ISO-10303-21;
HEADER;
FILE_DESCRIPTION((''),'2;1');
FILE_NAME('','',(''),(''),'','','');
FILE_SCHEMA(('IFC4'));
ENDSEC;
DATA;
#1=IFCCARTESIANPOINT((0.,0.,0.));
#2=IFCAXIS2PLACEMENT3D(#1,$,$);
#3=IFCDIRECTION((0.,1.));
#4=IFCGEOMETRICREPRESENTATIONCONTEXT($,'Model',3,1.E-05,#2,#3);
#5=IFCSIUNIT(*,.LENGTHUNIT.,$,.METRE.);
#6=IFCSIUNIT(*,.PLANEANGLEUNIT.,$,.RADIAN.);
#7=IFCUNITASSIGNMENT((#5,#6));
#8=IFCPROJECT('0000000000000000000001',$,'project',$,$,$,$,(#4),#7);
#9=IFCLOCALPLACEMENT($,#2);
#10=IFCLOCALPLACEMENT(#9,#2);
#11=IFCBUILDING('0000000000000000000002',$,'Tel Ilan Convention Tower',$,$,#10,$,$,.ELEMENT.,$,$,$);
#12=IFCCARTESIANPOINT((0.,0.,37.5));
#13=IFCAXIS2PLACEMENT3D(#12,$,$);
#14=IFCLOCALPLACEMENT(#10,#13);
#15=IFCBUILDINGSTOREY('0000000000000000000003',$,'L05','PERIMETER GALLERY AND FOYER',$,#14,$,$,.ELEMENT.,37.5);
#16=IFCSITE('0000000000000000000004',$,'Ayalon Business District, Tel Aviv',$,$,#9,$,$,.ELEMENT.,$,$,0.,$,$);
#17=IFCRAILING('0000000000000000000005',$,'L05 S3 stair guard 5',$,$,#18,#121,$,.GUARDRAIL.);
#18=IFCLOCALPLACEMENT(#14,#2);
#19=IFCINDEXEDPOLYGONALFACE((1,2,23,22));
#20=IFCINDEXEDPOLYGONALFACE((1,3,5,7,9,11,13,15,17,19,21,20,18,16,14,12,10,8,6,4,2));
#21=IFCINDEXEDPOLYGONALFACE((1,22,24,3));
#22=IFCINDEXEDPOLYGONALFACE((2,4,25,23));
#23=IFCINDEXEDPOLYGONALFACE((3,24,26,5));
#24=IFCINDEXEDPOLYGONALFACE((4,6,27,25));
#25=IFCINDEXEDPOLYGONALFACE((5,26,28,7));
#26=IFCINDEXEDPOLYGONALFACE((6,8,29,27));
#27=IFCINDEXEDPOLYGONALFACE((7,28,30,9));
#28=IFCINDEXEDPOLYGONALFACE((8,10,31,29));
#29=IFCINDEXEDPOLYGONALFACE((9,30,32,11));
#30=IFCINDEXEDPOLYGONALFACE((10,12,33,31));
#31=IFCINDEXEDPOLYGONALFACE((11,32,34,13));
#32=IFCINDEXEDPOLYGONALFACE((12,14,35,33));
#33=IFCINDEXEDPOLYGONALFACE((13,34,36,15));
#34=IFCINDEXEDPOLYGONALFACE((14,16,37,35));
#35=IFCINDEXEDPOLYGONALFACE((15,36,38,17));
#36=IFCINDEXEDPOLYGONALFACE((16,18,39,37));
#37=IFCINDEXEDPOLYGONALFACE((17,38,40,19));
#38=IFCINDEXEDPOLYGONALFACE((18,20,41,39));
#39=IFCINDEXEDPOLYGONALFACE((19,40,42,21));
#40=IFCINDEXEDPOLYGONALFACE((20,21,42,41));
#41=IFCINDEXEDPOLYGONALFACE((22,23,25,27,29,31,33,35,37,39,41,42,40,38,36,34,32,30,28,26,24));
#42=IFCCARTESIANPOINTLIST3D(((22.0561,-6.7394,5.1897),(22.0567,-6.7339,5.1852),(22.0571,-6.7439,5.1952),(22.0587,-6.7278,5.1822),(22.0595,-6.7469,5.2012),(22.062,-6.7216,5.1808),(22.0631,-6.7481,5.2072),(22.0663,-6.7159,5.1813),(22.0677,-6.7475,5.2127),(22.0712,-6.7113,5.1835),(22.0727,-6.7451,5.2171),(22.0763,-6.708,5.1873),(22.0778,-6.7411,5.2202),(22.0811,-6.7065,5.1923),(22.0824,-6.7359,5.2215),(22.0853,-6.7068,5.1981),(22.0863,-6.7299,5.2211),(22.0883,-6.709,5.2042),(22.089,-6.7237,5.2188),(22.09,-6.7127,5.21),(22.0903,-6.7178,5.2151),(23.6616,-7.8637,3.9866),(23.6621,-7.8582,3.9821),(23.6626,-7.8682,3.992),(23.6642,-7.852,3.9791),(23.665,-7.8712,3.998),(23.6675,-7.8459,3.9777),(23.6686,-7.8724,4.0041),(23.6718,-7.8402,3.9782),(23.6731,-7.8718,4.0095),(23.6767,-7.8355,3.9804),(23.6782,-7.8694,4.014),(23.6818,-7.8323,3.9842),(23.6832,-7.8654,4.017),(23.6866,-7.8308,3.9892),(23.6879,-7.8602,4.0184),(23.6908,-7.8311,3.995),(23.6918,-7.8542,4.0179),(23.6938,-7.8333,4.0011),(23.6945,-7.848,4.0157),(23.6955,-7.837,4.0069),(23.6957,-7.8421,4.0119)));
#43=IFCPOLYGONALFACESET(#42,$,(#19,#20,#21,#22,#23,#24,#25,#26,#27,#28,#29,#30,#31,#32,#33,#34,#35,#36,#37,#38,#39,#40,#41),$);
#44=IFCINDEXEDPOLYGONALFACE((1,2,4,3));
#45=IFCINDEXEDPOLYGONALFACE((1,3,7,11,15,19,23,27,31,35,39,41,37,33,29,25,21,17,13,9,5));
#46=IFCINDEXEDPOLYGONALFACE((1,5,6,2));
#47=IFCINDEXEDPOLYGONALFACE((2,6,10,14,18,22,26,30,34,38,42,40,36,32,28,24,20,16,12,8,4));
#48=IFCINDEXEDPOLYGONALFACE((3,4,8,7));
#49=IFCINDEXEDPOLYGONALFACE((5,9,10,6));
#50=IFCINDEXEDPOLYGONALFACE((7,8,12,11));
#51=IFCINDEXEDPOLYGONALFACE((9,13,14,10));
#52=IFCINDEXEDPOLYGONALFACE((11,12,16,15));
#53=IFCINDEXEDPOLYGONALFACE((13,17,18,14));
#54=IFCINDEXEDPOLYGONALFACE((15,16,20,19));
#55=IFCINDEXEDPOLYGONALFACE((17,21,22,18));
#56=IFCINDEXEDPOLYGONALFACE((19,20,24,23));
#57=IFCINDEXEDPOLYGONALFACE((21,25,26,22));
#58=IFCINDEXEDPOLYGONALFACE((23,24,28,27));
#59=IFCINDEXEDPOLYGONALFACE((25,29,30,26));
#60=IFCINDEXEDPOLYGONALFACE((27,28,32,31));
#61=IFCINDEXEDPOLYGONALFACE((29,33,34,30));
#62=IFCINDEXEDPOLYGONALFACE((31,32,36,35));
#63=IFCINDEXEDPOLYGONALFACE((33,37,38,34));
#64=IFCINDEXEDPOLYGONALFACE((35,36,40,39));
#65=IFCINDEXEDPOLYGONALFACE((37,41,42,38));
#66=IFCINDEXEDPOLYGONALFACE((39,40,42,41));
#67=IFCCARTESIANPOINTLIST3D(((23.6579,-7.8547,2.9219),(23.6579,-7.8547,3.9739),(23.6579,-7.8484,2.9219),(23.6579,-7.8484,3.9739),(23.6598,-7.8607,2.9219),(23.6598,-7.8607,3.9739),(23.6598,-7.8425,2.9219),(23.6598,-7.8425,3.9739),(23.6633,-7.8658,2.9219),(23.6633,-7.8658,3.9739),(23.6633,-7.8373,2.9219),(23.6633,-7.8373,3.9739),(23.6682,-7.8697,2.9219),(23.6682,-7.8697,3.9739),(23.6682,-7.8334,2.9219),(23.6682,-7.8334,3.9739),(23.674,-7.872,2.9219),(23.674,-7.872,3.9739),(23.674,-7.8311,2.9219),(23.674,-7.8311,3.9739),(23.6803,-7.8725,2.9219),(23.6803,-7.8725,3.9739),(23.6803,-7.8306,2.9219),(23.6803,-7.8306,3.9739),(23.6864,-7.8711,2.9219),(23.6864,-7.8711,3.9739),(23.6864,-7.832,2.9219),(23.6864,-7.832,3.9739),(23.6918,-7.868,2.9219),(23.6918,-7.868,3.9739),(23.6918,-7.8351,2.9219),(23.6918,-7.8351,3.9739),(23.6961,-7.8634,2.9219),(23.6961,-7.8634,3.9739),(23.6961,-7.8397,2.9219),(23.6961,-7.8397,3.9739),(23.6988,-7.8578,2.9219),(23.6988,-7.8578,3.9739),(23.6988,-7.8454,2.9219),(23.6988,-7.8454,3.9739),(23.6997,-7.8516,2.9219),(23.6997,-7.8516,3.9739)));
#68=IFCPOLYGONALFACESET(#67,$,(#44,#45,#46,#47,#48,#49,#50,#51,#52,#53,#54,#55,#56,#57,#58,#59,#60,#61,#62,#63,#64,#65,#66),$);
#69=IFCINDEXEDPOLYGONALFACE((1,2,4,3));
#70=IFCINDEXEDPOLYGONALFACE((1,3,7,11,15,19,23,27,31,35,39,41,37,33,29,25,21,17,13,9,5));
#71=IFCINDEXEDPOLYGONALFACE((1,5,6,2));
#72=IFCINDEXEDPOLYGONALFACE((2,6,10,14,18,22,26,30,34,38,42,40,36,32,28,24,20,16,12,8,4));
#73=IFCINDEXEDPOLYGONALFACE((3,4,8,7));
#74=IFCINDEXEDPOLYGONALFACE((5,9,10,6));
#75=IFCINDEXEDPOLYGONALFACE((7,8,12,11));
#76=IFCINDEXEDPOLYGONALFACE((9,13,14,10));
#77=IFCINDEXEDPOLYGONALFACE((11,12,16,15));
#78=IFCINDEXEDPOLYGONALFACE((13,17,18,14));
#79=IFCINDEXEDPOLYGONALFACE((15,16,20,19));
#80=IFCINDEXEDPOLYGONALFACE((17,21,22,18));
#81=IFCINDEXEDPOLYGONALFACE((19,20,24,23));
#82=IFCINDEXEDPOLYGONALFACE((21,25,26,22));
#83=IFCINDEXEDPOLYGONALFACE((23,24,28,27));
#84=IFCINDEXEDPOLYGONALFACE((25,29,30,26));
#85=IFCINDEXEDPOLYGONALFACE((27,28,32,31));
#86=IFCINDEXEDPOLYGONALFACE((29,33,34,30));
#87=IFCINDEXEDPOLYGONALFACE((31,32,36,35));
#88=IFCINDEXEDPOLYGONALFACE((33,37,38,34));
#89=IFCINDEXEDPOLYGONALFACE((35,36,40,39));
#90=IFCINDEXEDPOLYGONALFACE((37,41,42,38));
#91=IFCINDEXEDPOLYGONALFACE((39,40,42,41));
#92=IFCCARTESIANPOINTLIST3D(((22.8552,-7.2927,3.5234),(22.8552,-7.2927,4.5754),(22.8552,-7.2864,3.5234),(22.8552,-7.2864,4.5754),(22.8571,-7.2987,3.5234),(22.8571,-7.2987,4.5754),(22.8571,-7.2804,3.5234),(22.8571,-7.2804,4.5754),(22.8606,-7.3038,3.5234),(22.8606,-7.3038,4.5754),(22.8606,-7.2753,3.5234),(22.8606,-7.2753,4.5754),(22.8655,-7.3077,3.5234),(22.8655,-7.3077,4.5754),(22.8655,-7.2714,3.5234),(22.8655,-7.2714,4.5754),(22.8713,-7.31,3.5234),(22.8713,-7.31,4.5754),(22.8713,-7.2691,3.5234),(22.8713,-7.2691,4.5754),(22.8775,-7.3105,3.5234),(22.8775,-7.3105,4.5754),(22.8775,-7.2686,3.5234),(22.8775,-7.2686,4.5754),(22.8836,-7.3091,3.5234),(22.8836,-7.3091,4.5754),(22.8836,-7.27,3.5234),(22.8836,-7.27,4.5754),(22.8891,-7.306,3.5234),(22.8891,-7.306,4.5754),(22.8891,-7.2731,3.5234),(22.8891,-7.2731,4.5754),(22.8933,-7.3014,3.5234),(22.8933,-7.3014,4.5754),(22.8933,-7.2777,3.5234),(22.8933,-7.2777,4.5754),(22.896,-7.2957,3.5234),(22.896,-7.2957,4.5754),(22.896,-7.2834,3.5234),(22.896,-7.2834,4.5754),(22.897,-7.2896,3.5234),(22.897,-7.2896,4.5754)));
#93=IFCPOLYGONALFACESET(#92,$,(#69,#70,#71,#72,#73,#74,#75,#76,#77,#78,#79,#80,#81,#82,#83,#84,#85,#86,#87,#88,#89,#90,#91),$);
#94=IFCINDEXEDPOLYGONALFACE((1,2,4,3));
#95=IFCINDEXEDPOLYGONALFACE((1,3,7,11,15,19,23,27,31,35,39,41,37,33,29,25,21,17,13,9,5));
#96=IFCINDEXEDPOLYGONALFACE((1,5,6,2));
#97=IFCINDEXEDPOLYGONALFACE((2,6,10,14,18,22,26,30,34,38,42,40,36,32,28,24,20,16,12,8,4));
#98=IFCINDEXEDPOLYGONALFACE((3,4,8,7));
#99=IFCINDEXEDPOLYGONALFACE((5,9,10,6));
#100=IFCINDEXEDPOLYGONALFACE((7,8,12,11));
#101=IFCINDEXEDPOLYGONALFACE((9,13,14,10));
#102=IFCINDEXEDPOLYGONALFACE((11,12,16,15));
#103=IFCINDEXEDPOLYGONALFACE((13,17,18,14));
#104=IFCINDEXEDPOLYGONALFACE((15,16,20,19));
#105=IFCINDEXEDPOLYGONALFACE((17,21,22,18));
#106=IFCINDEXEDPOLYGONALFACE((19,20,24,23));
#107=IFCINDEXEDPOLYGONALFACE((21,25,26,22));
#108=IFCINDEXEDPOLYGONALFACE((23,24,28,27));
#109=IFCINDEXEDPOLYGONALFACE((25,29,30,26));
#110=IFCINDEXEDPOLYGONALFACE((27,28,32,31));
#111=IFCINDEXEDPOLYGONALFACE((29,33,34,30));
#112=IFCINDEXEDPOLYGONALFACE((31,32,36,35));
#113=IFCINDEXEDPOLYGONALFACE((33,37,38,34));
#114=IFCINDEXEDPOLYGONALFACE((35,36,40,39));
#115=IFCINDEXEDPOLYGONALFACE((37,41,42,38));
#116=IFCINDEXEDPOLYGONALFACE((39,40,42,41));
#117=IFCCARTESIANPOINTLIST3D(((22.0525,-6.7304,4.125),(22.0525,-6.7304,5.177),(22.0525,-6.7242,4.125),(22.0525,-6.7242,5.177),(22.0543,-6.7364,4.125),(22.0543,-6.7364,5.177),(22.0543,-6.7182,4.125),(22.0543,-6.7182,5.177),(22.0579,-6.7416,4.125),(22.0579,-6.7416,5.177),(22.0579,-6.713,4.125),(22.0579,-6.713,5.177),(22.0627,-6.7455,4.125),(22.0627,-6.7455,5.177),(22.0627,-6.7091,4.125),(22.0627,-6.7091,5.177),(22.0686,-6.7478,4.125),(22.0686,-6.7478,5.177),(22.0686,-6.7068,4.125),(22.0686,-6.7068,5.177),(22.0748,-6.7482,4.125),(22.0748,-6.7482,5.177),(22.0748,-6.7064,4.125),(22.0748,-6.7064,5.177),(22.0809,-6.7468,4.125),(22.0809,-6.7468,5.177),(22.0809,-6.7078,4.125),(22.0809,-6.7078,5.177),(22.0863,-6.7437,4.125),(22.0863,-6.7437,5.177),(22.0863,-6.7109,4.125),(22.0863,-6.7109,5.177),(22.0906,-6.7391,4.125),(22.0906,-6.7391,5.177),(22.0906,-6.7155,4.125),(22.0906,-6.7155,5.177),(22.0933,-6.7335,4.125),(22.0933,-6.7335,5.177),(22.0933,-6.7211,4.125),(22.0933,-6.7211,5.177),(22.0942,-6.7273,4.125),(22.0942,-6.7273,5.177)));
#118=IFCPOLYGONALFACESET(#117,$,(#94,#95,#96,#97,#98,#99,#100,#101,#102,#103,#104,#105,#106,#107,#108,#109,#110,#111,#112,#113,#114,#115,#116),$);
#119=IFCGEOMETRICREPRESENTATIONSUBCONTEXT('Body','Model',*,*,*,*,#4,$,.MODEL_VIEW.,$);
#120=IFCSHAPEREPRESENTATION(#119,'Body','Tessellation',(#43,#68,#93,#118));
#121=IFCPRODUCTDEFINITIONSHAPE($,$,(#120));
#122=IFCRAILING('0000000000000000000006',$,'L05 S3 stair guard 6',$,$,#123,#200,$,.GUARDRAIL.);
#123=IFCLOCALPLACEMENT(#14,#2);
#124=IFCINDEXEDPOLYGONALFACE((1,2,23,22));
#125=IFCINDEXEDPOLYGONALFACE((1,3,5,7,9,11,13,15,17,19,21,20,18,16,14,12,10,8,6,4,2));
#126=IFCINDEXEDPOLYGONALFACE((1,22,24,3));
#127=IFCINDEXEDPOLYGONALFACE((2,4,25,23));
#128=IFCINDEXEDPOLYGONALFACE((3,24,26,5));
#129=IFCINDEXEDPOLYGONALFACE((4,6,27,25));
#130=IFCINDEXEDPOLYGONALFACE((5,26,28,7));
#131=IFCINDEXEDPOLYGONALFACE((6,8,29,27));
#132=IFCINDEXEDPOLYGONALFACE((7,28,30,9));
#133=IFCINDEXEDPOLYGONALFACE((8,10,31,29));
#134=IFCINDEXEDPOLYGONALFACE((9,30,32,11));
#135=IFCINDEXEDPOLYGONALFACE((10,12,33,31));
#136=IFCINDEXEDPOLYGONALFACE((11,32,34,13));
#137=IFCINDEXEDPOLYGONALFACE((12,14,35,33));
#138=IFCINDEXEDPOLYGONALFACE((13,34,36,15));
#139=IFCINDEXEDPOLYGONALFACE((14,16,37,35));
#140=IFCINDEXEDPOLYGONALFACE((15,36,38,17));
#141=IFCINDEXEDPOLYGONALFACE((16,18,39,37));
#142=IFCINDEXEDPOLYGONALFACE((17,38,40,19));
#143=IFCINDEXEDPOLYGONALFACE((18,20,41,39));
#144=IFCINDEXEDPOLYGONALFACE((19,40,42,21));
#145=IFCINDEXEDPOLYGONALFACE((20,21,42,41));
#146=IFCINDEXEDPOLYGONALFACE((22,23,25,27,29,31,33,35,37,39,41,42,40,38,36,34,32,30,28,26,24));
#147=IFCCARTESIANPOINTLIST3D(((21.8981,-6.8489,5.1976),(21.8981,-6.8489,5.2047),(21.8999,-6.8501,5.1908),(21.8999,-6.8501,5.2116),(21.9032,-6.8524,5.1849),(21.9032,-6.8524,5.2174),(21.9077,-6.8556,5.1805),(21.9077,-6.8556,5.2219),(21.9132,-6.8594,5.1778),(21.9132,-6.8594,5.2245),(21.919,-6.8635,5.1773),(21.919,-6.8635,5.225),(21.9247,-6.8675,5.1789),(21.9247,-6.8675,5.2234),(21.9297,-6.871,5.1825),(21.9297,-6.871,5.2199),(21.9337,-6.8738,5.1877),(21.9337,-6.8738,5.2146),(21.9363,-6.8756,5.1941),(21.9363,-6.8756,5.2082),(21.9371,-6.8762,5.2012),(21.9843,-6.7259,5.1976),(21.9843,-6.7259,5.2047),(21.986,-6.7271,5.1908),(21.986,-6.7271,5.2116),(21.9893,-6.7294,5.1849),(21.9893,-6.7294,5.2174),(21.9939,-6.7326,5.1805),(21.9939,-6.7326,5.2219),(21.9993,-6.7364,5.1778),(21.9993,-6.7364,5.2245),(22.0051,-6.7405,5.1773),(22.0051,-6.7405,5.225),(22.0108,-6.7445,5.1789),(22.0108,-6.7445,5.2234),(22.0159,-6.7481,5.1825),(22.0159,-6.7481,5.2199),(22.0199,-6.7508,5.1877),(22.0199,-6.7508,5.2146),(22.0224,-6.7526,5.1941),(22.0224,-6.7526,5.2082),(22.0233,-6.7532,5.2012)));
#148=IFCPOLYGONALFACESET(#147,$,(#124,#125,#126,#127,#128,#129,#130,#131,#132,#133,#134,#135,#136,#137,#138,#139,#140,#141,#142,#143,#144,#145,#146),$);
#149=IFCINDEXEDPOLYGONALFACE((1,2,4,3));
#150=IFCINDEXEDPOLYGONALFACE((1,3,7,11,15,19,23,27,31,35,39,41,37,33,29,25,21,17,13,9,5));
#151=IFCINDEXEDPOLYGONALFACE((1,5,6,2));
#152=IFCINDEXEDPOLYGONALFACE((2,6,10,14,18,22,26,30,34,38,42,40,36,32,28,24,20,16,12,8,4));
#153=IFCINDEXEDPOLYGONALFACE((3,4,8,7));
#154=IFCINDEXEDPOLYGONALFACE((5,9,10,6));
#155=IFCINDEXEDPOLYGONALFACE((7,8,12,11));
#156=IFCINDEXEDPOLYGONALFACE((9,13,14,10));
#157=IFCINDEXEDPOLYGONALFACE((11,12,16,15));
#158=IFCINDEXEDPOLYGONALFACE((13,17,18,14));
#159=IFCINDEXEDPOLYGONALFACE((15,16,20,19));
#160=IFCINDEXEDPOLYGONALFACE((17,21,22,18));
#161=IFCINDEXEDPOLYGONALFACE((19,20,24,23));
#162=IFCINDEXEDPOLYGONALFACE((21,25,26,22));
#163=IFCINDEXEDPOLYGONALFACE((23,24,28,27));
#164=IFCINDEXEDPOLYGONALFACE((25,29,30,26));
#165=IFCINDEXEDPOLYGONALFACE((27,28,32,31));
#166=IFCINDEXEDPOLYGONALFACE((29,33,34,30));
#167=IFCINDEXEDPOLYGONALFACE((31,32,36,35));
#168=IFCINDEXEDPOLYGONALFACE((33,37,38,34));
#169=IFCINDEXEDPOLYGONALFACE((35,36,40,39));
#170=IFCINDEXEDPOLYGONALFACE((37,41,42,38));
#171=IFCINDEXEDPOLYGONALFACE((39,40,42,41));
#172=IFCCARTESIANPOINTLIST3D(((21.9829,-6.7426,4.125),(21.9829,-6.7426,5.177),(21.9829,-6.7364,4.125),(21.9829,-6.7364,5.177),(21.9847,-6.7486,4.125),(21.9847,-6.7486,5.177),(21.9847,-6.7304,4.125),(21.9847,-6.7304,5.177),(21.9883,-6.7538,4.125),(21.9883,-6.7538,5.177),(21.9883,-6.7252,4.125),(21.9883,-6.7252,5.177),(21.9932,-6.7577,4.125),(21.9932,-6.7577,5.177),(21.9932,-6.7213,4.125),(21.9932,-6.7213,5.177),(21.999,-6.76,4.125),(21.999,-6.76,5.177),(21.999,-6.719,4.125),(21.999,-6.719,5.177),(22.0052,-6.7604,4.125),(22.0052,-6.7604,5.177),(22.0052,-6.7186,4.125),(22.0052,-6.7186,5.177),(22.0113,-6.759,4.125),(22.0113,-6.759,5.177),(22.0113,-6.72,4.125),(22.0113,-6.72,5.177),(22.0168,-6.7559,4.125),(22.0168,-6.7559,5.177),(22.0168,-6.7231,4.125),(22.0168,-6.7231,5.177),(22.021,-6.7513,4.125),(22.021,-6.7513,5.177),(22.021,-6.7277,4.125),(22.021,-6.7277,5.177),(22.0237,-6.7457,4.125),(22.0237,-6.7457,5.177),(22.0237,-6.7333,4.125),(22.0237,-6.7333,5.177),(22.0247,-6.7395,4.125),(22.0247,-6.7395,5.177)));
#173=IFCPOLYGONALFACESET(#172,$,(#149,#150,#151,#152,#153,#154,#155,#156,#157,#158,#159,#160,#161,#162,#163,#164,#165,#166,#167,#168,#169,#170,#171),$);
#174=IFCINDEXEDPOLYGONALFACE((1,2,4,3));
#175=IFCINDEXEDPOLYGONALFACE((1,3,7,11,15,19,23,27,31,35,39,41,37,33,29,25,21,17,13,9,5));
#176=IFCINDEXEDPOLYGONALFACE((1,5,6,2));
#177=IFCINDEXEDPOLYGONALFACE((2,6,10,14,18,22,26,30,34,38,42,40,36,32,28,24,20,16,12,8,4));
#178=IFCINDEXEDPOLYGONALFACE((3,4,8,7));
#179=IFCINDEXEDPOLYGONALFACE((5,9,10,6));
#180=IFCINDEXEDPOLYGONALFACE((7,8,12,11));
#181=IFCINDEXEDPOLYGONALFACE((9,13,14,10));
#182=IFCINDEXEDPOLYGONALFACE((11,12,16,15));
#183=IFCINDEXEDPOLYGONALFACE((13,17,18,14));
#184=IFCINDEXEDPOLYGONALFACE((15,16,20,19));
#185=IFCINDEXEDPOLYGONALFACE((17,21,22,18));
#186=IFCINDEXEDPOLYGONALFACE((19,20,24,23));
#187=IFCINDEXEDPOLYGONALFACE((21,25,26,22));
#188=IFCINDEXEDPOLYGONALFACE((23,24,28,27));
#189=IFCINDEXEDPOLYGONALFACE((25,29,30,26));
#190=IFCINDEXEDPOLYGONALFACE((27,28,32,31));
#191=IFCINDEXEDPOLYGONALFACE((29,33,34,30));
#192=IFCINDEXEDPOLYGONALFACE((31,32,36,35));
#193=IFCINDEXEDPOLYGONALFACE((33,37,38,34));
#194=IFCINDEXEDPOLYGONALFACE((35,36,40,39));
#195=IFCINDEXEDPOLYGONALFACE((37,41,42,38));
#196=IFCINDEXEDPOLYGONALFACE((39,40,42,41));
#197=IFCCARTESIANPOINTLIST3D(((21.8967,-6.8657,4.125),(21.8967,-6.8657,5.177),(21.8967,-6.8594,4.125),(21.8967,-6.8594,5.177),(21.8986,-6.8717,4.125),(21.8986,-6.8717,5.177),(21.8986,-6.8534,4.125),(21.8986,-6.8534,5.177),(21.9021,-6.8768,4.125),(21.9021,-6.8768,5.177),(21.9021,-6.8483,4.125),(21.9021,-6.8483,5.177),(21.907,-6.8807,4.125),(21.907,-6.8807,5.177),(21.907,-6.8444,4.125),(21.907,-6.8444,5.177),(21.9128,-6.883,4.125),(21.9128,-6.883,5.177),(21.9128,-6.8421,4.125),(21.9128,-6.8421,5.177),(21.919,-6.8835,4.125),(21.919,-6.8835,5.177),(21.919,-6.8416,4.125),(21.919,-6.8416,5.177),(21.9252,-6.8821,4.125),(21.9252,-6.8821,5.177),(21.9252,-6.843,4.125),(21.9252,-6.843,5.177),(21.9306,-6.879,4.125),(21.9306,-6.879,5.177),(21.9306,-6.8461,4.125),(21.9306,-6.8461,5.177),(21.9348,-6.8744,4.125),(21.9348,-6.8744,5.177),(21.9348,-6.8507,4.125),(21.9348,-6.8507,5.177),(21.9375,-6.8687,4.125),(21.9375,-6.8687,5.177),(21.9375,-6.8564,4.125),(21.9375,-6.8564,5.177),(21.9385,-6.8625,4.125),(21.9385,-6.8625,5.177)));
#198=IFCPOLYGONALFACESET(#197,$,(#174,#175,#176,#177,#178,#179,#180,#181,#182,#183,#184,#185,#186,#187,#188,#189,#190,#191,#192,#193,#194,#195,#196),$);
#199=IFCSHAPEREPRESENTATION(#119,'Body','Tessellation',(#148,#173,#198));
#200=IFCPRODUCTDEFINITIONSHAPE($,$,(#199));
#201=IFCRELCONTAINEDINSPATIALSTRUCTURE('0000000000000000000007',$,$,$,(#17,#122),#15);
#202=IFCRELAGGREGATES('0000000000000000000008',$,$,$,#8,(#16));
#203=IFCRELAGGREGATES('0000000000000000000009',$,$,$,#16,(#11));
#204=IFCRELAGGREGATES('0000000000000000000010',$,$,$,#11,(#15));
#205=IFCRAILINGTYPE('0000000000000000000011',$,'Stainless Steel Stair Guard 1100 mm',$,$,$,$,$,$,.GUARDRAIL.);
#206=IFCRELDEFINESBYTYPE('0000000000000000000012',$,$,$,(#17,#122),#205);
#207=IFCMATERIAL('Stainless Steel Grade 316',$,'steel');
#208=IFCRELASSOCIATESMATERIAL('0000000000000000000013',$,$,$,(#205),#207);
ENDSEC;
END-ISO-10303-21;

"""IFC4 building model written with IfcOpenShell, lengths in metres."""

from ifc_helpers import new_model, si_unit, direction, frame, origin, origin_2d, place, context, subcontext, project, spatial, circle, extrude, material, type_object, element, save


model = new_model("IFC4")

# Units and contexts
model_context = context("Model", 3, precision=1e-05, world=origin(), true_north=direction((0.0, 1.0)))
body_context = subcontext(model_context, "Body", "Model", "MODEL_VIEW")
ifc_project = project(units=[si_unit("LENGTHUNIT", "METRE"), si_unit("PLANEANGLEUNIT", "RADIAN")], contexts=[model_context])

# Site, building, storey
site_placement = place(None, origin())
site = spatial("IfcSite", under=ifc_project, at=site_placement, Name="Ayalon Business District, Tel Aviv", CompositionType="ELEMENT", RefElevation=0.0)
building_placement = place(site_placement, origin())
building = spatial("IfcBuilding", under=site, at=building_placement, Name="Tel Ilan Convention Tower", CompositionType="ELEMENT")
storey_placement = place(building_placement, frame((0.0, 0.0, 37.5)))
storey = spatial("IfcBuildingStorey", under=building, at=storey_placement, Name="L05", Description="PERIMETER GALLERY AND FOYER", CompositionType="ELEMENT", Elevation=37.5)

# Railings
ifc_material_1 = material(Name="Stainless Steel Grade 316", Category="steel")
railing_type_1 = type_object("IfcRailingType", Name="Stainless Steel Stair Guard 1100 mm", PredefinedType="GUARDRAIL", material=ifc_material_1)
railing_1_placement = place(storey_placement, frame((23.6787, -7.8516, 2.9219)))
element("IfcRailing", 1, at=railing_1_placement, inside=storey, type_object=railing_type_1, Name="L05 S3 stair guard 5", PredefinedType="GUARDRAIL", context=body_context, shape_type="SweptSolid", body=[
    extrude(circle(Radius=0.0239, at=origin_2d()), frame((0.0, 0.0, 1.0762), z_axis=(-0.698095, 0.488857, 0.523146), x_axis=(-0.573613, -0.819127, 0.0)), (0.0, 0.0, 1.0), 2.2998),
    extrude(circle(Radius=0.021, at=origin_2d()), origin(), (0.0, 0.0, 1.0), 1.052),
    extrude(circle(Radius=0.021, at=origin_2d()), frame((-0.8027, 0.562, 0.6016)), (0.0, 0.0, 1.0), 1.052),
    extrude(circle(Radius=0.021, at=origin_2d()), frame((-1.6055, 1.1243, 1.2031)), (0.0, 0.0, 1.0), 1.052),
])
railing_2_placement = place(storey_placement, frame((22.0037, -6.7395, 4.125)))
element("IfcRailing", 2, at=railing_2_placement, inside=storey, type_object=railing_type_1, Name="L05 S3 stair guard 6", PredefinedType="GUARDRAIL", context=body_context, shape_type="SweptSolid", body=[
    extrude(circle(Radius=0.0239, at=origin_2d()), frame((0.0, 0.0, 1.0762), z_axis=(-0.57368, -0.819079, 0.0), x_axis=(0.819079, -0.57368, 0.0)), (0.0, 0.0, 1.0), 0.1501),
    extrude(circle(Radius=0.021, at=origin_2d()), origin(), (0.0, 0.0, 1.0), 1.052),
    extrude(circle(Radius=0.021, at=origin_2d()), frame((-0.0862, -0.123, 0.0)), (0.0, 0.0, 1.0), 1.052),
])

save(model, "model.ifc")
